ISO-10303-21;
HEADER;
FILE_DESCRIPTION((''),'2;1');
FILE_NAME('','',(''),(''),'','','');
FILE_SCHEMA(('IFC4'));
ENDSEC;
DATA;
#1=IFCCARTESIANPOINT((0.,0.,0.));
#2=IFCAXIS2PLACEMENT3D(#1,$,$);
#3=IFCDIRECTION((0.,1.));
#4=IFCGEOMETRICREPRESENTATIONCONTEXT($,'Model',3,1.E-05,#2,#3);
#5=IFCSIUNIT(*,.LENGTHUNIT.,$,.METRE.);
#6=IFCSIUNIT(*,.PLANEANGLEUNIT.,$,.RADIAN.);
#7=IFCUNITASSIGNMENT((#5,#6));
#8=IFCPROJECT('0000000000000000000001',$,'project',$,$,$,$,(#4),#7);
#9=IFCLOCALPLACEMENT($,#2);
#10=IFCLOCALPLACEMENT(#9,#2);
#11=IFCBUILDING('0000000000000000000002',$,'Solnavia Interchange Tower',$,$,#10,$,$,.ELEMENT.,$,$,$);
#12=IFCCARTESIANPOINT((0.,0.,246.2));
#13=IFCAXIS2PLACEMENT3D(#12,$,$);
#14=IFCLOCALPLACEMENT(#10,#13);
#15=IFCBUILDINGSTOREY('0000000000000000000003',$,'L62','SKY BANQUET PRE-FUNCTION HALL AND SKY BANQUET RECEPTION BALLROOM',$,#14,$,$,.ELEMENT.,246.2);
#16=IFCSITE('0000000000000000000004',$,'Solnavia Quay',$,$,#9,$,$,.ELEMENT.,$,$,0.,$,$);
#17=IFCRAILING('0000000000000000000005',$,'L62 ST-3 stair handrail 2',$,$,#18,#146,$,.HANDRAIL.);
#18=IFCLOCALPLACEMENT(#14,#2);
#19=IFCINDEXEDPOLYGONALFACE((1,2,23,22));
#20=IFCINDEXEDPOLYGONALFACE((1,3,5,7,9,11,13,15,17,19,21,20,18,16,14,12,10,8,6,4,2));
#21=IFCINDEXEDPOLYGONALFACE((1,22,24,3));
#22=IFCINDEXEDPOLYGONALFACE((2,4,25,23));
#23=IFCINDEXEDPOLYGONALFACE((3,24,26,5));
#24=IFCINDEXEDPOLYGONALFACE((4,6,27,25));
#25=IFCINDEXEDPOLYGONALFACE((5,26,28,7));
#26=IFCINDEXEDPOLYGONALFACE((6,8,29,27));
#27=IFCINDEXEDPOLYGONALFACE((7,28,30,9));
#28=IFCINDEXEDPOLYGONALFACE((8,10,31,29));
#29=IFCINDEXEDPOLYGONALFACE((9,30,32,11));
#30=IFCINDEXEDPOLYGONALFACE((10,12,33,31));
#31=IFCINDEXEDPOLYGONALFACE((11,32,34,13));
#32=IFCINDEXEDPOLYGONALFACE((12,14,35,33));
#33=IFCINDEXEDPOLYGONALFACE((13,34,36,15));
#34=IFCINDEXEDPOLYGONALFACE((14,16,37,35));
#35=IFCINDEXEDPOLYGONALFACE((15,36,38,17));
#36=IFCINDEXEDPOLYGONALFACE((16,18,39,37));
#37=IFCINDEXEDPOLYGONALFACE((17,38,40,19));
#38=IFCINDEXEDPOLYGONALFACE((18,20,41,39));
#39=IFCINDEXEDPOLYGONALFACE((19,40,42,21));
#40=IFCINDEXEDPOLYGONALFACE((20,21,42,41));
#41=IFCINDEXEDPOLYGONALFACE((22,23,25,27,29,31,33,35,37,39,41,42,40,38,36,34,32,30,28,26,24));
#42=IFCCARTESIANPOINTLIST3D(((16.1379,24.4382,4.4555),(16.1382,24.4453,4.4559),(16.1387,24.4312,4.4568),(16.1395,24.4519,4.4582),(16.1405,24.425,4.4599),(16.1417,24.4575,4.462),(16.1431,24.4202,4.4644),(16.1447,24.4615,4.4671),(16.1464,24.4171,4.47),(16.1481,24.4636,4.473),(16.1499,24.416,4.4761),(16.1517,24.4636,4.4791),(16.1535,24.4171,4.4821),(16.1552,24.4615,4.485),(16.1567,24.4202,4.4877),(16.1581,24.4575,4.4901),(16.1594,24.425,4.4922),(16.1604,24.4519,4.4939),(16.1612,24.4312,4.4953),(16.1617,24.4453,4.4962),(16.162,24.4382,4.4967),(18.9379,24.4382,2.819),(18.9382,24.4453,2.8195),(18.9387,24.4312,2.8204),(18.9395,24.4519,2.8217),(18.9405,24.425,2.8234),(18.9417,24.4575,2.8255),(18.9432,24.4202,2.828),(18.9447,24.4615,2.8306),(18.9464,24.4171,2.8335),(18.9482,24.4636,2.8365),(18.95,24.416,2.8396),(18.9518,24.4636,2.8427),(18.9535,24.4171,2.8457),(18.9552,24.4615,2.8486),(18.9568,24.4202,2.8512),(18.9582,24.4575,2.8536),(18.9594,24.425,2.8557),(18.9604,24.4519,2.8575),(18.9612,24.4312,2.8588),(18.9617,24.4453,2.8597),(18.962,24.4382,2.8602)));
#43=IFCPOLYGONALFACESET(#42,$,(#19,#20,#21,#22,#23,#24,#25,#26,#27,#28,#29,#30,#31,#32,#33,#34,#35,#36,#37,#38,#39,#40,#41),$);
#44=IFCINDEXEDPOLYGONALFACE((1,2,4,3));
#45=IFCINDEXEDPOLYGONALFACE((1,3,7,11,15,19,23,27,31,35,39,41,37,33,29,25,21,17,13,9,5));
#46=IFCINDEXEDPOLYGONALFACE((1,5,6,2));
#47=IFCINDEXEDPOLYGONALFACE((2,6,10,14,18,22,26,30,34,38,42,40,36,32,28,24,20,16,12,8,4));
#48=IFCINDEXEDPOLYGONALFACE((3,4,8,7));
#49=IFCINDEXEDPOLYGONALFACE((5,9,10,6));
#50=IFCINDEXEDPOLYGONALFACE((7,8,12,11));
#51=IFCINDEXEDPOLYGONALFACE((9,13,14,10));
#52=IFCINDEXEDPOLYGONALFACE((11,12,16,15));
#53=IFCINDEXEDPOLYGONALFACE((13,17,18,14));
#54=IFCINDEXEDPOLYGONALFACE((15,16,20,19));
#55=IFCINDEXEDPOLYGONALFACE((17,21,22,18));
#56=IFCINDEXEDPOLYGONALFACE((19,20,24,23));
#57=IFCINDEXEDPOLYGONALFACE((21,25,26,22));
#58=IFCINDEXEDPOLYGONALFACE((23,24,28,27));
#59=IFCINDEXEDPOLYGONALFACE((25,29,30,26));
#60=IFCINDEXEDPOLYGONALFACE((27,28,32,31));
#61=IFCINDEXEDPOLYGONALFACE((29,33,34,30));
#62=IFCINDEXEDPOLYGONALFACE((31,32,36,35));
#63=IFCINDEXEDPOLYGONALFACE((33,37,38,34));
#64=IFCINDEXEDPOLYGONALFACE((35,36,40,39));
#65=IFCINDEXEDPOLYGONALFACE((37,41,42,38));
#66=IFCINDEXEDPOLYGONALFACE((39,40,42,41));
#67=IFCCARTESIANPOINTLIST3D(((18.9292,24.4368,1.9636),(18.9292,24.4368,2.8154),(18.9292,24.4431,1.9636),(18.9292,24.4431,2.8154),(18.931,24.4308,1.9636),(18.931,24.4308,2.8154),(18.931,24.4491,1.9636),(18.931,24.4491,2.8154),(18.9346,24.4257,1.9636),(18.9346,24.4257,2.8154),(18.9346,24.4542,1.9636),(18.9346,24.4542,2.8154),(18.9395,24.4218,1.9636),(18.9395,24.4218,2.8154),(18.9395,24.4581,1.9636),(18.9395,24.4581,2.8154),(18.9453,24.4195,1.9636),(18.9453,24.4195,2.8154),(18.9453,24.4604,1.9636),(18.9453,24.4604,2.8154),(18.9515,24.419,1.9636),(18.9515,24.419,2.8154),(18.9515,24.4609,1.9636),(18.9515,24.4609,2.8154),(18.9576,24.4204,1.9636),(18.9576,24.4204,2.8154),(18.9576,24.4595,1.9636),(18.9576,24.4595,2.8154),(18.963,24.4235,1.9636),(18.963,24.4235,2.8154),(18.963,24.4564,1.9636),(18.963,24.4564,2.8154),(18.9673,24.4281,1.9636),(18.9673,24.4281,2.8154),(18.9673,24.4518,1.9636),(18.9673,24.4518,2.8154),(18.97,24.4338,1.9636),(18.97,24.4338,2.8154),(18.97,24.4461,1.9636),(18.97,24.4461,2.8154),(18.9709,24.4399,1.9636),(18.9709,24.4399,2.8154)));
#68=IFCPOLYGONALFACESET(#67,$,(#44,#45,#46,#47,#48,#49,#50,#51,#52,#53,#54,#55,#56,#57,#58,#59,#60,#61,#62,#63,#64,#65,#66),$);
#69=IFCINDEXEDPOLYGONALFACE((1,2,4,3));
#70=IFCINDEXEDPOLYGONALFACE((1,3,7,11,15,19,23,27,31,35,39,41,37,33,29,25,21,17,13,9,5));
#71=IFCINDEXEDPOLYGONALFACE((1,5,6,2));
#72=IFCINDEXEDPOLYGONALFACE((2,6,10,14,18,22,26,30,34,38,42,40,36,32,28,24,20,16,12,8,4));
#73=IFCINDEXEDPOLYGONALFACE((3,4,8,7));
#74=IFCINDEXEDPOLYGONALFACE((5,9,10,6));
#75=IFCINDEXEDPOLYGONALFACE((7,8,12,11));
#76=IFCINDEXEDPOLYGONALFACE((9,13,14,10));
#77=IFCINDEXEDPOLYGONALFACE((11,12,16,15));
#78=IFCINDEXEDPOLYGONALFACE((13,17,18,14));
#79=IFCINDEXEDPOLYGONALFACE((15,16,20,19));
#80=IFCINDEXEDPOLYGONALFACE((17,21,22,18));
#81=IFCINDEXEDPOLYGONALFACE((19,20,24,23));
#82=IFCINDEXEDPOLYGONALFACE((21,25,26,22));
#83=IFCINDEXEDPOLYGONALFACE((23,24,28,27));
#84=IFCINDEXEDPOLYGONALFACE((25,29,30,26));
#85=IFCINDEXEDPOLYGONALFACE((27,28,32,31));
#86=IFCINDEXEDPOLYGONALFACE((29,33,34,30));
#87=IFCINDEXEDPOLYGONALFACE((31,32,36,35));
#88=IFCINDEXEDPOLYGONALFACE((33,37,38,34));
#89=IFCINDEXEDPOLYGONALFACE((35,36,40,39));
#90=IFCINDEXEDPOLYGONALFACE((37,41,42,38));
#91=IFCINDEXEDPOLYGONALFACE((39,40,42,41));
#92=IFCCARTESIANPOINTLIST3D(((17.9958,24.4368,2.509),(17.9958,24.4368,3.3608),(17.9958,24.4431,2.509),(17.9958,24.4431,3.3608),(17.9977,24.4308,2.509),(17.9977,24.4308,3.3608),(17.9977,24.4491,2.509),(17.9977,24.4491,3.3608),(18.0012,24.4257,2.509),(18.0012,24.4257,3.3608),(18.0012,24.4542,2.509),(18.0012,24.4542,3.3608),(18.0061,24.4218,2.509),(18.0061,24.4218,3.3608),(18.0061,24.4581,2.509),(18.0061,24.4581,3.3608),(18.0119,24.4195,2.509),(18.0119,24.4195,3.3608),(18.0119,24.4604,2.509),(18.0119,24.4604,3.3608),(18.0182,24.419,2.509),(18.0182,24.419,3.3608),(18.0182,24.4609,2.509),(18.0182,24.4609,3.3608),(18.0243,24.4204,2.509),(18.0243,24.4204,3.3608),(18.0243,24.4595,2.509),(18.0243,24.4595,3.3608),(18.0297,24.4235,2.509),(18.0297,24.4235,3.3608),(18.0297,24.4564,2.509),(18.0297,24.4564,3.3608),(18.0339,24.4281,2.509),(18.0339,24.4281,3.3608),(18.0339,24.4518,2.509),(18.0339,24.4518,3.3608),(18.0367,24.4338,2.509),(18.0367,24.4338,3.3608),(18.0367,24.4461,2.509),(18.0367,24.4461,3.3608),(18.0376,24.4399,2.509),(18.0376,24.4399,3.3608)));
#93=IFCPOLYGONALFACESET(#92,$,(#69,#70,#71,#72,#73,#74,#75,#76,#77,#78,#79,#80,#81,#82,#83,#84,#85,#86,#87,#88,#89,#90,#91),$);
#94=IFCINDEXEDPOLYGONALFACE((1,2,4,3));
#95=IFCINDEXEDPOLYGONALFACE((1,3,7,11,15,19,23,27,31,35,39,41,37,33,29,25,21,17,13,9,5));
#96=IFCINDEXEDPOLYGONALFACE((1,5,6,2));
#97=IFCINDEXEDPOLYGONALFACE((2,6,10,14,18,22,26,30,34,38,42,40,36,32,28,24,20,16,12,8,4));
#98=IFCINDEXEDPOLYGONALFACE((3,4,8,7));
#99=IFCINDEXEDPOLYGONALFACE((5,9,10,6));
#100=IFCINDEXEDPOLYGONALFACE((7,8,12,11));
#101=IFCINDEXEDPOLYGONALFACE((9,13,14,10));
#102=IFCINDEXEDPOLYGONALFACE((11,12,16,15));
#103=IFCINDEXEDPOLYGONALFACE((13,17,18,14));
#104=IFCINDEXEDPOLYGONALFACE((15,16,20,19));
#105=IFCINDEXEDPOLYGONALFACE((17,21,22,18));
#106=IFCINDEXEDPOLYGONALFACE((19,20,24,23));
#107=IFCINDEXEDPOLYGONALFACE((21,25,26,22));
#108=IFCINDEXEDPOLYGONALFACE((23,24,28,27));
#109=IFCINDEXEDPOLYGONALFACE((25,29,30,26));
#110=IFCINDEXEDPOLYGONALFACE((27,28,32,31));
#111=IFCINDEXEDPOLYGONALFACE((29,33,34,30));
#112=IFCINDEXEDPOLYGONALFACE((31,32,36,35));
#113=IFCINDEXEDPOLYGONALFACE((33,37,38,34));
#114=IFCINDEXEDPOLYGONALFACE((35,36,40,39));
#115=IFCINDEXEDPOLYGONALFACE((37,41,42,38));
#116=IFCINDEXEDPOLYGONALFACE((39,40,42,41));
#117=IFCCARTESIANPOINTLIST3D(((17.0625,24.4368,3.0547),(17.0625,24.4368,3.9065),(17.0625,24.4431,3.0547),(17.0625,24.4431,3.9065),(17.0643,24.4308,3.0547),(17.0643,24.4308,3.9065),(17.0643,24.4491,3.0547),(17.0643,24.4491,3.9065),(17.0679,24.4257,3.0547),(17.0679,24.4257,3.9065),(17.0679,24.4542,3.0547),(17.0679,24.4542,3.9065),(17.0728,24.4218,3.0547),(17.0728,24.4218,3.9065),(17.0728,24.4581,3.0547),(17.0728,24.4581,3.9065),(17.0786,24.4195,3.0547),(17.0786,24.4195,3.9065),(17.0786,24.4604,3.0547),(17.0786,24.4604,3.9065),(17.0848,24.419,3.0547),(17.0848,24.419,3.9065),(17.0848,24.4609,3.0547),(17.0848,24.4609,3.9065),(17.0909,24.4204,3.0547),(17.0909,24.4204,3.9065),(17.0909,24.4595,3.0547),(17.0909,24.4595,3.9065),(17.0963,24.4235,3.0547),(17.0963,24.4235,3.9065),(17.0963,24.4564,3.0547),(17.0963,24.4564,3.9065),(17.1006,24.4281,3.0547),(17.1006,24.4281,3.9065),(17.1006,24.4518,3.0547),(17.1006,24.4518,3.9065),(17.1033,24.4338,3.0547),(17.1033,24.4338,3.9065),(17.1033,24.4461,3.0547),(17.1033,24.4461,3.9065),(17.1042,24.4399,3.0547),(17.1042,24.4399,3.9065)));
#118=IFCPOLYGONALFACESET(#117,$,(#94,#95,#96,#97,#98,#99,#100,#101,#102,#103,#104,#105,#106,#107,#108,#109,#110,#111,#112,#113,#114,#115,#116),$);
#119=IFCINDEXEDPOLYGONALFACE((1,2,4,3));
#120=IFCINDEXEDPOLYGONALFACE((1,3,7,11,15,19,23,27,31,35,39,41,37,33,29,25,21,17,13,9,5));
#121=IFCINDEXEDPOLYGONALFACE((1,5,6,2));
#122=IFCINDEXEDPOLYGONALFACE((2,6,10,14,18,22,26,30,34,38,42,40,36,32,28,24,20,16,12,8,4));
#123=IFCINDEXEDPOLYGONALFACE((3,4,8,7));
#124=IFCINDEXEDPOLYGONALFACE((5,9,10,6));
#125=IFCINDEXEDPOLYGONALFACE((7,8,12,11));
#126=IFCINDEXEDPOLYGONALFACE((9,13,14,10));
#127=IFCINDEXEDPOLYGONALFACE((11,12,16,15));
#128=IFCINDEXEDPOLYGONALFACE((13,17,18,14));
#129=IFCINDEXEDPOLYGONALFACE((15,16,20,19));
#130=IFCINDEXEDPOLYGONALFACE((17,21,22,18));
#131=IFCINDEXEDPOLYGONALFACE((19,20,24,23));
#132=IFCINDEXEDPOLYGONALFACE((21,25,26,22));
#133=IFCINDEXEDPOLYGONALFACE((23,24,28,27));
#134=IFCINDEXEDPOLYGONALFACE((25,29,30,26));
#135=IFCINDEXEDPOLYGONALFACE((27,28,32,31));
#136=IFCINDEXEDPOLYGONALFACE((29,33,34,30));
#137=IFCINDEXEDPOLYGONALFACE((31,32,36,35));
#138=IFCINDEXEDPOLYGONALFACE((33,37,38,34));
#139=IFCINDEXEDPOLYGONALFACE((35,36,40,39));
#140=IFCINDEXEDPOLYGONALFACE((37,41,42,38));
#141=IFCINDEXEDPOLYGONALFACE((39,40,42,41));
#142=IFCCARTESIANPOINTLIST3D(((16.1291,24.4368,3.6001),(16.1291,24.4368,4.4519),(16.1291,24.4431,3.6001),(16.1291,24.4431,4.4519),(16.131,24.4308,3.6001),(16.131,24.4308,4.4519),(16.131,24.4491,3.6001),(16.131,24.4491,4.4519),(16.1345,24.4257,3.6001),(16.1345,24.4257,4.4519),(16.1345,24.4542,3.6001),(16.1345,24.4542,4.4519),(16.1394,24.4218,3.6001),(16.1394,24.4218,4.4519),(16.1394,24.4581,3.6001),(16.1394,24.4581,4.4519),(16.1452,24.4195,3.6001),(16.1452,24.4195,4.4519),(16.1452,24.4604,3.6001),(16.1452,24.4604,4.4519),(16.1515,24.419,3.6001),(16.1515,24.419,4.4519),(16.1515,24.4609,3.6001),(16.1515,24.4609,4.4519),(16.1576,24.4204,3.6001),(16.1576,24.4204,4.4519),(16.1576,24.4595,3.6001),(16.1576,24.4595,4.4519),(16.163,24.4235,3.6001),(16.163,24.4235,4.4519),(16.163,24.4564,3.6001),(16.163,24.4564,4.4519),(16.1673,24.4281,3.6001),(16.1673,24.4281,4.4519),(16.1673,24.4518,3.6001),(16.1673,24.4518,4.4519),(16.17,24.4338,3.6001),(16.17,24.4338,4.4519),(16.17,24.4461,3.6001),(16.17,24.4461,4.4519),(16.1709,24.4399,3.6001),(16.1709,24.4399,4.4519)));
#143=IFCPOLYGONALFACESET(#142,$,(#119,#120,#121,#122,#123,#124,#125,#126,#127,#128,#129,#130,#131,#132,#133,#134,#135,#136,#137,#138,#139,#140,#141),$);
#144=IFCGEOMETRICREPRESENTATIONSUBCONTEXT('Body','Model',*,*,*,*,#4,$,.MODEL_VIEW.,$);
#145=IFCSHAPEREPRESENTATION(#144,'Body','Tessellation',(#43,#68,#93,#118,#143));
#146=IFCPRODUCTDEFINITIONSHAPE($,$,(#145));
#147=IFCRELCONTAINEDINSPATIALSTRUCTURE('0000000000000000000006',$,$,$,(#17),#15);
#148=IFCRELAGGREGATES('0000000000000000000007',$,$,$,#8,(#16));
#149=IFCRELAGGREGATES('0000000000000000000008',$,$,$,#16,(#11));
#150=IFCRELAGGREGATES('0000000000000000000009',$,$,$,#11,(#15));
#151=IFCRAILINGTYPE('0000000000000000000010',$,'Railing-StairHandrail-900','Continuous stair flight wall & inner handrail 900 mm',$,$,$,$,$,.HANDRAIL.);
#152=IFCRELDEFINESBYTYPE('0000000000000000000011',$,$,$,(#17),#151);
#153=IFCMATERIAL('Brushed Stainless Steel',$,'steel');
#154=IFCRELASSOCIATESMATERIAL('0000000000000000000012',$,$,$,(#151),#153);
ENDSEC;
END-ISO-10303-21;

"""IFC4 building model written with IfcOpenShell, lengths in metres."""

from ifc_helpers import new_model, si_unit, direction, frame, origin, origin_2d, place, context, subcontext, project, spatial, circle, extrude, material, type_object, element, save


model = new_model("IFC4")

# Units and contexts
model_context = context("Model", 3, precision=1e-05, world=origin(), true_north=direction((0.0, 1.0)))
body_context = subcontext(model_context, "Body", "Model", "MODEL_VIEW")
ifc_project = project(units=[si_unit("LENGTHUNIT", "METRE"), si_unit("PLANEANGLEUNIT", "RADIAN")], contexts=[model_context])

# Site, building, storey
site_placement = place(None, origin())
site = spatial("IfcSite", under=ifc_project, at=site_placement, Name="Solnavia Quay", CompositionType="ELEMENT", RefElevation=0.0)
building_placement = place(site_placement, origin())
building = spatial("IfcBuilding", under=site, at=building_placement, Name="Solnavia Interchange Tower", CompositionType="ELEMENT")
storey_placement = place(building_placement, frame((0.0, 0.0, 246.2)))
storey = spatial("IfcBuildingStorey", under=building, at=storey_placement, Name="L62", Description="SKY BANQUET PRE-FUNCTION HALL AND SKY BANQUET RECEPTION BALLROOM", CompositionType="ELEMENT", Elevation=246.2)

# Railing
ifc_material_1 = material(Name="Brushed Stainless Steel", Category="steel")
railing_type_1 = type_object("IfcRailingType", Name="Railing-StairHandrail-900", Description="Continuous stair flight wall & inner handrail 900 mm", PredefinedType="HANDRAIL", material=ifc_material_1)
railing_1_placement = place(storey_placement, frame((18.95, 24.4399, 1.9636)))
element("IfcRailing", 1, at=railing_1_placement, inside=storey, type_object=railing_type_1, Name="L62 ST-3 stair handrail 2", PredefinedType="HANDRAIL", context=body_context, shape_type="SweptSolid", body=[
    extrude(circle(Radius=0.0239, at=origin_2d()), frame((0.0, 0.0, 0.876), z_axis=(-0.863361, 0.0, 0.504587), x_axis=(0.0, -1.0, 0.0)), (0.0, 0.0, 1.0), 3.2432),
    extrude(circle(Radius=0.021, at=origin_2d()), origin(), (0.0, 0.0, 1.0), 0.8518),
    extrude(circle(Radius=0.021, at=origin_2d()), frame((-0.9333, 0.0, 0.5454)), (0.0, 0.0, 1.0), 0.8518),
    extrude(circle(Radius=0.021, at=origin_2d()), frame((-1.8667, 0.0, 1.0911)), (0.0, 0.0, 1.0), 0.8518),
    extrude(circle(Radius=0.021, at=origin_2d()), frame((-2.8, 0.0, 1.6365)), (0.0, 0.0, 1.0), 0.8518),
])

save(model, "model.ifc")
